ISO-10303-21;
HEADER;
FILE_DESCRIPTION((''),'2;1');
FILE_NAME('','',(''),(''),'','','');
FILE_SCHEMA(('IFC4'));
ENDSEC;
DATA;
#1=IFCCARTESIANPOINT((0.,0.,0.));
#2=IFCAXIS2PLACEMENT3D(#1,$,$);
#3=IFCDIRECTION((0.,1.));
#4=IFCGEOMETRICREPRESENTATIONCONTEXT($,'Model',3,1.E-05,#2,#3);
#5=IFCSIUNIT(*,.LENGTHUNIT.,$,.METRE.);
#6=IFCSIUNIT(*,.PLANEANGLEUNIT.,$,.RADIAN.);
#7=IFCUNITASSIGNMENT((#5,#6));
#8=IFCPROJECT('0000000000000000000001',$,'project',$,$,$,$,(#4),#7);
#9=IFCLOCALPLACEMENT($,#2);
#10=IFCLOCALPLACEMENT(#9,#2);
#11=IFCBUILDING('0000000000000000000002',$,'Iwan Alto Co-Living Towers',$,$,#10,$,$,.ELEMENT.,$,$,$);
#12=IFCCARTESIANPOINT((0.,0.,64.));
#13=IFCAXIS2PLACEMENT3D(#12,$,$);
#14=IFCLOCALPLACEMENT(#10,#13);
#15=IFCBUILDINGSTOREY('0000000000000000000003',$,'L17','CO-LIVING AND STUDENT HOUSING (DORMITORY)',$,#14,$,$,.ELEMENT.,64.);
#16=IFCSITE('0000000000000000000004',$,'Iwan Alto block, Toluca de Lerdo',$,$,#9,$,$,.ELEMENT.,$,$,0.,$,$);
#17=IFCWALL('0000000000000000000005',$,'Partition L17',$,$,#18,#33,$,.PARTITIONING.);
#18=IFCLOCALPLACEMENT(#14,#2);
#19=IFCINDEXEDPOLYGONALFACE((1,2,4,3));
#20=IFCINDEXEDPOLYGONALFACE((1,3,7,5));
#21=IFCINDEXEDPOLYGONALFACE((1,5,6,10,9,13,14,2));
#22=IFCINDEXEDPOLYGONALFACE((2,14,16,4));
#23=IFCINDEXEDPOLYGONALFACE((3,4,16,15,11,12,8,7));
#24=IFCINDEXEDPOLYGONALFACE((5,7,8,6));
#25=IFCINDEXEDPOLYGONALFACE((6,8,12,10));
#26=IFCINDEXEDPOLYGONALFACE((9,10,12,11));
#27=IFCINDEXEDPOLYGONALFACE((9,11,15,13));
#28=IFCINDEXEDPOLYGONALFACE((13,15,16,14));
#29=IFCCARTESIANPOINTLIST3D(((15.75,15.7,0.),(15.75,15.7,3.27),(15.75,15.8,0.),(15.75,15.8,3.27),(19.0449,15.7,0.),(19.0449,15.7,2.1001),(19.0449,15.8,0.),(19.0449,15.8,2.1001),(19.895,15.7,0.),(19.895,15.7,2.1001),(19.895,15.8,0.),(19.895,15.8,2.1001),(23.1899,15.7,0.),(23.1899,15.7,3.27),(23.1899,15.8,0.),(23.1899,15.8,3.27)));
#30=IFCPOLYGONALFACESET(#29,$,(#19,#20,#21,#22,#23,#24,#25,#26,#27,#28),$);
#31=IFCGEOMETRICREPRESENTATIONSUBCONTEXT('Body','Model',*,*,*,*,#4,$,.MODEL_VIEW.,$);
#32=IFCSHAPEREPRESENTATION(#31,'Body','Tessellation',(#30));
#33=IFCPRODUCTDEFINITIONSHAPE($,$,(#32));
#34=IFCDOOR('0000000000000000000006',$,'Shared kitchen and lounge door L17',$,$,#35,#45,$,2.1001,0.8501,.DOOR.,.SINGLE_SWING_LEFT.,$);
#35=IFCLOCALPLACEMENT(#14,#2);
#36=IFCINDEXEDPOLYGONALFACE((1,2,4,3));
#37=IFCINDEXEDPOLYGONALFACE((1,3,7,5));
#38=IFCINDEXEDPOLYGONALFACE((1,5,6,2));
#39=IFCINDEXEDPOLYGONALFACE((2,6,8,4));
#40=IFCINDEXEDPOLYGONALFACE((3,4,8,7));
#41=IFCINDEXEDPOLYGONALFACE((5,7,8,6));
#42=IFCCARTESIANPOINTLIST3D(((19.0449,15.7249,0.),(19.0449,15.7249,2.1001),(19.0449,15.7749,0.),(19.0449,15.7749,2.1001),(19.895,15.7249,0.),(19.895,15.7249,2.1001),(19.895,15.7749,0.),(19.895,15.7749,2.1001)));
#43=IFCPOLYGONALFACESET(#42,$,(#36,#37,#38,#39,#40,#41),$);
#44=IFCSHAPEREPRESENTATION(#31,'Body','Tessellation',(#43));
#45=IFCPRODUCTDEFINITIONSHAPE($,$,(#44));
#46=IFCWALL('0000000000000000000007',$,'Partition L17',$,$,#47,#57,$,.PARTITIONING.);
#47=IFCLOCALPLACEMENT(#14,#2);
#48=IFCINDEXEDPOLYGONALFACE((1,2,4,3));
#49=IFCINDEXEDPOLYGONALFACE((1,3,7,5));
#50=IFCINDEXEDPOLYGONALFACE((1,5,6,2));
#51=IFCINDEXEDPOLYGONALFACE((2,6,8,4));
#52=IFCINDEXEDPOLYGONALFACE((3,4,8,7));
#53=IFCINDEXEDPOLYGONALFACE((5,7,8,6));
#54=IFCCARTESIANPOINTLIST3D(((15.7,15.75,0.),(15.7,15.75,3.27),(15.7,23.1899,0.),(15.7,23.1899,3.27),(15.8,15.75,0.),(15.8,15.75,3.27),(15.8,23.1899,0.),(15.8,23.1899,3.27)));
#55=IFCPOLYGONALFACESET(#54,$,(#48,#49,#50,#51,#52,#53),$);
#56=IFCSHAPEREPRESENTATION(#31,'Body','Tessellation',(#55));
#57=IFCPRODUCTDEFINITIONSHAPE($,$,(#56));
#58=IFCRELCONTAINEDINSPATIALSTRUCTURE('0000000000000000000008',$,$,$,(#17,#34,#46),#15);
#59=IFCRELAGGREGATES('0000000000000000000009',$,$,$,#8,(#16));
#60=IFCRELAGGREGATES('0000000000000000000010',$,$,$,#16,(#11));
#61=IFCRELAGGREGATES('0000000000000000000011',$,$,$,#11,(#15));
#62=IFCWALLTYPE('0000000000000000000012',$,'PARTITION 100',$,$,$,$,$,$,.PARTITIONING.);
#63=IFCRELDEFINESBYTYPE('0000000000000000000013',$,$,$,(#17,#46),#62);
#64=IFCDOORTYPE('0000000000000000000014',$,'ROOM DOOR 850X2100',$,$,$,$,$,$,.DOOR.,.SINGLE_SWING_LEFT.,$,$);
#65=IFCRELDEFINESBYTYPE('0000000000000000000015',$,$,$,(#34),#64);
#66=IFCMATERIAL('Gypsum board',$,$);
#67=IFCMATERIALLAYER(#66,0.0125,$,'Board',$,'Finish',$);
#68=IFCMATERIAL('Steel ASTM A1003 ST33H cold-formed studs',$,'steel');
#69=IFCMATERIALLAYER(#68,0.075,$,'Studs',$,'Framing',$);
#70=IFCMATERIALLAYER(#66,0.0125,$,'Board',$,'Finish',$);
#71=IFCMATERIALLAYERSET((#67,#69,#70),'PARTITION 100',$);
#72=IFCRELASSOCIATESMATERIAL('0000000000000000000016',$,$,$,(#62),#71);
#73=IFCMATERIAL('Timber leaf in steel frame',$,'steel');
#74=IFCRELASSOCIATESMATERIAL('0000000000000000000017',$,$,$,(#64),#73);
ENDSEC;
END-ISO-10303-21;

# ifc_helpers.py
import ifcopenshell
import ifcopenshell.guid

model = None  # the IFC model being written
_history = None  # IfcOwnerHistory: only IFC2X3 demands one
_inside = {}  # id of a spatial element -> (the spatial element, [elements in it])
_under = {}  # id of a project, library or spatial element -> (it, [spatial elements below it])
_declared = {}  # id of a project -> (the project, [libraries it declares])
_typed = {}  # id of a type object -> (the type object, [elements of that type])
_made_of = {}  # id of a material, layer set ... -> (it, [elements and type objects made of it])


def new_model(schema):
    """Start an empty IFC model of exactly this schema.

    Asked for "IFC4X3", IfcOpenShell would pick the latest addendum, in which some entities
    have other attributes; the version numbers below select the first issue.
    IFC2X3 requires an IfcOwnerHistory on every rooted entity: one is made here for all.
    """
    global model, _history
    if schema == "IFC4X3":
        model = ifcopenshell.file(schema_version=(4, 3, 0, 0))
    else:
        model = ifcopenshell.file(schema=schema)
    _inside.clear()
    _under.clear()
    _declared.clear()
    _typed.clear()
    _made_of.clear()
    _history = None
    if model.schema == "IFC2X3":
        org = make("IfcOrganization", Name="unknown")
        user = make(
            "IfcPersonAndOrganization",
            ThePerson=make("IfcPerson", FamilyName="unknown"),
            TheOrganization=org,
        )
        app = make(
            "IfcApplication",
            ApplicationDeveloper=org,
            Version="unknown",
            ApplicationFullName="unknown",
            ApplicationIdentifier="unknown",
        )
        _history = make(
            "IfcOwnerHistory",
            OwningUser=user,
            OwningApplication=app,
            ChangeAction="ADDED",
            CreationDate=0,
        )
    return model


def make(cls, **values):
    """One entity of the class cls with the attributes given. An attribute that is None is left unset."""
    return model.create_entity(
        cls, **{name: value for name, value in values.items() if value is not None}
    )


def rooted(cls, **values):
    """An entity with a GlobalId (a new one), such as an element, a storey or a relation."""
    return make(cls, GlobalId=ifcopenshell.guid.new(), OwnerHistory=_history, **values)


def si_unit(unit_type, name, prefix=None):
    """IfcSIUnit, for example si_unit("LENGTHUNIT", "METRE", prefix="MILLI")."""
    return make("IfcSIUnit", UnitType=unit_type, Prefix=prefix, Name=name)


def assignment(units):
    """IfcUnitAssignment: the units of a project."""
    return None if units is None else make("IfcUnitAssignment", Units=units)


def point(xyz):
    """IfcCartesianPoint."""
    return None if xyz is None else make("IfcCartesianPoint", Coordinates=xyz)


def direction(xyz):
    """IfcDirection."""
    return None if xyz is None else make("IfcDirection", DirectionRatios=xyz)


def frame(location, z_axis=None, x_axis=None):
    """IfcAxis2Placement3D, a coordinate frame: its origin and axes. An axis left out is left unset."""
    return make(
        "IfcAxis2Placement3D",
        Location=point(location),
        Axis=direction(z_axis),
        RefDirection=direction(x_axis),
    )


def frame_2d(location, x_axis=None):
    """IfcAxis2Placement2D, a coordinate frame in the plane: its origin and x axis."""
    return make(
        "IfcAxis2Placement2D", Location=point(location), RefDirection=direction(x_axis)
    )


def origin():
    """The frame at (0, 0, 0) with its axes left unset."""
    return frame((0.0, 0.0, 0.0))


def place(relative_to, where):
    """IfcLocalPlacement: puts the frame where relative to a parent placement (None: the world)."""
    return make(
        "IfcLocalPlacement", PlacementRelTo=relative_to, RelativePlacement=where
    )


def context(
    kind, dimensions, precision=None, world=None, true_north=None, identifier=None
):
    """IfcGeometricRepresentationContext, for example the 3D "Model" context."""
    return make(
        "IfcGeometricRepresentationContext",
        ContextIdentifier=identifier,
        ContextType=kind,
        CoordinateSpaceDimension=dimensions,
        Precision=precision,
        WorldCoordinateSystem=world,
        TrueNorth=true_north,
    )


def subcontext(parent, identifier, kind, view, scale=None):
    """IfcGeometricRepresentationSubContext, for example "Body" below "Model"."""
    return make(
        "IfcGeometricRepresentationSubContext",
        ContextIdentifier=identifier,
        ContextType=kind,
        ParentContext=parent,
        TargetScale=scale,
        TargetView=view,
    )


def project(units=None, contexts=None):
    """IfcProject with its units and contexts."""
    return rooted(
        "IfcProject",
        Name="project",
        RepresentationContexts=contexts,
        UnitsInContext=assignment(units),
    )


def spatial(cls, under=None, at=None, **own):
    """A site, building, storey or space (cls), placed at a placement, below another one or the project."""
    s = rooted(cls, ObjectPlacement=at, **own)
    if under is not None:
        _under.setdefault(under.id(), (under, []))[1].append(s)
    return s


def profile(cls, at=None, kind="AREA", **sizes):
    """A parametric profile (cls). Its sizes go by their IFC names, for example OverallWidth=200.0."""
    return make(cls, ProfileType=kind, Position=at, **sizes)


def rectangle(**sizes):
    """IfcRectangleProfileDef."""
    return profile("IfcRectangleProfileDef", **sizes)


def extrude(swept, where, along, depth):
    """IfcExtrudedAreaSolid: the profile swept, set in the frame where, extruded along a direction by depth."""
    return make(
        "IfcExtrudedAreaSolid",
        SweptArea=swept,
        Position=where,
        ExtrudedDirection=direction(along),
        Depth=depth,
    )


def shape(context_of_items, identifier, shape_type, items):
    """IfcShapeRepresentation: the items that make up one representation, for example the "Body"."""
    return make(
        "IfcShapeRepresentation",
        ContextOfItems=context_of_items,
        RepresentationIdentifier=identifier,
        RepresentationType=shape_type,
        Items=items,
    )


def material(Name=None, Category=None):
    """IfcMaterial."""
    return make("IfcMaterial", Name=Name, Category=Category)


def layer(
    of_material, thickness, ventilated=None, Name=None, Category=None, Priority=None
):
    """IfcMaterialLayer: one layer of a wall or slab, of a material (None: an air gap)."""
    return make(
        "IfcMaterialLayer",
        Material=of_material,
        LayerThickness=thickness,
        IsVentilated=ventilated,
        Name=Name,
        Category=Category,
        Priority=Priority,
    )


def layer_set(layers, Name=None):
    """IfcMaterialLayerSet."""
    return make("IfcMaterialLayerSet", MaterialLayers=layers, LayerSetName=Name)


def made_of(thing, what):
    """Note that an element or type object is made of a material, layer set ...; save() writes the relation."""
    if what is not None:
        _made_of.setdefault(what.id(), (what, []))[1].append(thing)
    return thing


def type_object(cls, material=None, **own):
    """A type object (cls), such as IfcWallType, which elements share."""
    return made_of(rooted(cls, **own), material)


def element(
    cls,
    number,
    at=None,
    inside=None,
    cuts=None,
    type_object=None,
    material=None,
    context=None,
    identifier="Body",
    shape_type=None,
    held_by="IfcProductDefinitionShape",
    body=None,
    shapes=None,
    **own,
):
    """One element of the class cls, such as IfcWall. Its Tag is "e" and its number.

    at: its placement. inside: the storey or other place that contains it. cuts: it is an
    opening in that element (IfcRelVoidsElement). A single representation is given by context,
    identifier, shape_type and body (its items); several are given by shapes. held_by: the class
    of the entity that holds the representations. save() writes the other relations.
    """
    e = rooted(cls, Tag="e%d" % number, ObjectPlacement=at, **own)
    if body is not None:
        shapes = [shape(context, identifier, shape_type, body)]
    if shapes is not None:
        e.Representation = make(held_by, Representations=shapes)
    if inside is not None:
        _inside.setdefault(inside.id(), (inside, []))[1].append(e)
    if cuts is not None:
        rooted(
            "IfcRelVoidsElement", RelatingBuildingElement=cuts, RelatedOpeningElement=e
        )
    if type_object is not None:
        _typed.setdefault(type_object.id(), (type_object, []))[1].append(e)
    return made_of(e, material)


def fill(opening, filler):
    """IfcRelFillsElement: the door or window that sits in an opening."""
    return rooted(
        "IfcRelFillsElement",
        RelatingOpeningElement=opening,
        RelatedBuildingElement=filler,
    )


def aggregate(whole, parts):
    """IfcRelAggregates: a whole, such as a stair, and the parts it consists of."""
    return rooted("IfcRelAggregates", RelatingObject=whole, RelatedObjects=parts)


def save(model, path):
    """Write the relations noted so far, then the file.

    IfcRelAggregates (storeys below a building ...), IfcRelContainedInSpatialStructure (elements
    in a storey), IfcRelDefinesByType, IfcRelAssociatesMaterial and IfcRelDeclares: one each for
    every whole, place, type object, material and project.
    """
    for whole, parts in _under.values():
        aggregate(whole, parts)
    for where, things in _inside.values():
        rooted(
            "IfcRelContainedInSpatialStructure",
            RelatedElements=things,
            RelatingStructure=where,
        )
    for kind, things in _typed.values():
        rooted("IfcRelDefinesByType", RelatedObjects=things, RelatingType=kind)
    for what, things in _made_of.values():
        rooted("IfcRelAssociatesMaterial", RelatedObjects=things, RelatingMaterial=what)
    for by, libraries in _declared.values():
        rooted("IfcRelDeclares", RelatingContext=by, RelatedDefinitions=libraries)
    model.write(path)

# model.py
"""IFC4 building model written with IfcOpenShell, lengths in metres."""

from ifc_helpers import new_model, si_unit, direction, frame, frame_2d, origin, place, context, subcontext, project, spatial, rectangle, extrude, material, layer, layer_set, type_object, element, fill, save


model = new_model("IFC4")

# Units and contexts
model_context = context("Model", 3, precision=1e-05, world=origin(), true_north=direction((0.0, 1.0)))
body_context = subcontext(model_context, "Body", "Model", "MODEL_VIEW")
ifc_project = project(units=[si_unit("LENGTHUNIT", "METRE"), si_unit("PLANEANGLEUNIT", "RADIAN")], contexts=[model_context])

# Site, building, storey
site_placement = place(None, origin())
site = spatial("IfcSite", under=ifc_project, at=site_placement, Name="Iwan Alto block, Toluca de Lerdo", CompositionType="ELEMENT", RefElevation=0.0)
building_placement = place(site_placement, origin())
building = spatial("IfcBuilding", under=site, at=building_placement, Name="Iwan Alto Co-Living Towers", CompositionType="ELEMENT")
storey_placement = place(building_placement, frame((0.0, 0.0, 64.0)))
storey = spatial("IfcBuildingStorey", under=building, at=storey_placement, Name="L17", Description="CO-LIVING AND STUDENT HOUSING (DORMITORY)", CompositionType="ELEMENT", Elevation=64.0)

# Wall, opening, door
ifc_material_1 = material(Name="Gypsum board")
ifc_layer_1 = layer(ifc_material_1, 0.0125, Name="Board", Category="Finish")
ifc_material_2 = material(Name="Steel ASTM A1003 ST33H cold-formed studs", Category="steel")
ifc_layer_2 = layer(ifc_material_2, 0.075, Name="Studs", Category="Framing")
ifc_layer_3 = layer(ifc_material_1, 0.0125, Name="Board", Category="Finish")
ifc_layer_set_1 = layer_set([ifc_layer_1, ifc_layer_2, ifc_layer_3], Name="PARTITION 100")
wall_type = type_object("IfcWallType", Name="PARTITION 100", PredefinedType="PARTITIONING", material=ifc_layer_set_1)
wall_1_placement = place(storey_placement, frame((15.75, 15.75, 0.0), z_axis=(0.0, 0.0, 1.0), x_axis=(1.0, 0.0, 0.0)))
wall_1 = element("IfcWall", 1, at=wall_1_placement, inside=storey, type_object=wall_type, Name="Partition L17", PredefinedType="PARTITIONING", context=body_context, shape_type="SweptSolid", body=[
    extrude(rectangle(XDim=7.4399, YDim=0.1001, at=frame_2d((3.72, 0.0))), origin(), (0.0, 0.0, 1.0), 3.27),
])
opening_placement = place(wall_1_placement, frame((3.2949, 0.0, 0.0)))
opening = element("IfcOpeningElement", 2, at=opening_placement, cuts=wall_1, PredefinedType="OPENING", context=body_context, shape_type="SweptSolid", body=[
    extrude(rectangle(XDim=0.8501, YDim=2.1001, at=frame_2d((0.425, 1.05))), frame((0.0, 0.0601, 0.0), z_axis=(0.0, -1.0, 0.0), x_axis=(1.0, 0.0, 0.0)), (0.0, 0.0, 1.0), 0.1201),
])
ifc_material_3 = material(Name="Timber leaf in steel frame", Category="steel")
door_type = type_object("IfcDoorType", Name="ROOM DOOR 850X2100", OperationType="SINGLE_SWING_LEFT", PredefinedType="DOOR", material=ifc_material_3)
door_placement = place(opening_placement, origin())
door = element("IfcDoor", 3, at=door_placement, inside=storey, type_object=door_type, Name="Shared kitchen and lounge door L17", OperationType="SINGLE_SWING_LEFT", OverallHeight=2.1001, OverallWidth=0.8501, PredefinedType="DOOR", context=body_context, shape_type="SweptSolid", body=[
    extrude(rectangle(XDim=0.8501, YDim=2.1001, at=frame_2d((0.425, 1.05))), frame((0.0, 0.0249, 0.0), z_axis=(0.0, -1.0, 0.0), x_axis=(1.0, 0.0, 0.0)), (0.0, 0.0, 1.0), 0.05),
])
fill(opening, door)

# Wall
wall_2_placement = place(storey_placement, frame((15.75, 15.75, 0.0), z_axis=(0.0, 0.0, 1.0), x_axis=(0.0, 1.0, 0.0)))
element("IfcWall", 4, at=wall_2_placement, inside=storey, type_object=wall_type, Name="Partition L17", PredefinedType="PARTITIONING", context=body_context, shape_type="SweptSolid", body=[
    extrude(rectangle(XDim=7.4399, YDim=0.1001, at=frame_2d((3.72, 0.0))), origin(), (0.0, 0.0, 1.0), 3.27),
])

save(model, "model.ifc")
